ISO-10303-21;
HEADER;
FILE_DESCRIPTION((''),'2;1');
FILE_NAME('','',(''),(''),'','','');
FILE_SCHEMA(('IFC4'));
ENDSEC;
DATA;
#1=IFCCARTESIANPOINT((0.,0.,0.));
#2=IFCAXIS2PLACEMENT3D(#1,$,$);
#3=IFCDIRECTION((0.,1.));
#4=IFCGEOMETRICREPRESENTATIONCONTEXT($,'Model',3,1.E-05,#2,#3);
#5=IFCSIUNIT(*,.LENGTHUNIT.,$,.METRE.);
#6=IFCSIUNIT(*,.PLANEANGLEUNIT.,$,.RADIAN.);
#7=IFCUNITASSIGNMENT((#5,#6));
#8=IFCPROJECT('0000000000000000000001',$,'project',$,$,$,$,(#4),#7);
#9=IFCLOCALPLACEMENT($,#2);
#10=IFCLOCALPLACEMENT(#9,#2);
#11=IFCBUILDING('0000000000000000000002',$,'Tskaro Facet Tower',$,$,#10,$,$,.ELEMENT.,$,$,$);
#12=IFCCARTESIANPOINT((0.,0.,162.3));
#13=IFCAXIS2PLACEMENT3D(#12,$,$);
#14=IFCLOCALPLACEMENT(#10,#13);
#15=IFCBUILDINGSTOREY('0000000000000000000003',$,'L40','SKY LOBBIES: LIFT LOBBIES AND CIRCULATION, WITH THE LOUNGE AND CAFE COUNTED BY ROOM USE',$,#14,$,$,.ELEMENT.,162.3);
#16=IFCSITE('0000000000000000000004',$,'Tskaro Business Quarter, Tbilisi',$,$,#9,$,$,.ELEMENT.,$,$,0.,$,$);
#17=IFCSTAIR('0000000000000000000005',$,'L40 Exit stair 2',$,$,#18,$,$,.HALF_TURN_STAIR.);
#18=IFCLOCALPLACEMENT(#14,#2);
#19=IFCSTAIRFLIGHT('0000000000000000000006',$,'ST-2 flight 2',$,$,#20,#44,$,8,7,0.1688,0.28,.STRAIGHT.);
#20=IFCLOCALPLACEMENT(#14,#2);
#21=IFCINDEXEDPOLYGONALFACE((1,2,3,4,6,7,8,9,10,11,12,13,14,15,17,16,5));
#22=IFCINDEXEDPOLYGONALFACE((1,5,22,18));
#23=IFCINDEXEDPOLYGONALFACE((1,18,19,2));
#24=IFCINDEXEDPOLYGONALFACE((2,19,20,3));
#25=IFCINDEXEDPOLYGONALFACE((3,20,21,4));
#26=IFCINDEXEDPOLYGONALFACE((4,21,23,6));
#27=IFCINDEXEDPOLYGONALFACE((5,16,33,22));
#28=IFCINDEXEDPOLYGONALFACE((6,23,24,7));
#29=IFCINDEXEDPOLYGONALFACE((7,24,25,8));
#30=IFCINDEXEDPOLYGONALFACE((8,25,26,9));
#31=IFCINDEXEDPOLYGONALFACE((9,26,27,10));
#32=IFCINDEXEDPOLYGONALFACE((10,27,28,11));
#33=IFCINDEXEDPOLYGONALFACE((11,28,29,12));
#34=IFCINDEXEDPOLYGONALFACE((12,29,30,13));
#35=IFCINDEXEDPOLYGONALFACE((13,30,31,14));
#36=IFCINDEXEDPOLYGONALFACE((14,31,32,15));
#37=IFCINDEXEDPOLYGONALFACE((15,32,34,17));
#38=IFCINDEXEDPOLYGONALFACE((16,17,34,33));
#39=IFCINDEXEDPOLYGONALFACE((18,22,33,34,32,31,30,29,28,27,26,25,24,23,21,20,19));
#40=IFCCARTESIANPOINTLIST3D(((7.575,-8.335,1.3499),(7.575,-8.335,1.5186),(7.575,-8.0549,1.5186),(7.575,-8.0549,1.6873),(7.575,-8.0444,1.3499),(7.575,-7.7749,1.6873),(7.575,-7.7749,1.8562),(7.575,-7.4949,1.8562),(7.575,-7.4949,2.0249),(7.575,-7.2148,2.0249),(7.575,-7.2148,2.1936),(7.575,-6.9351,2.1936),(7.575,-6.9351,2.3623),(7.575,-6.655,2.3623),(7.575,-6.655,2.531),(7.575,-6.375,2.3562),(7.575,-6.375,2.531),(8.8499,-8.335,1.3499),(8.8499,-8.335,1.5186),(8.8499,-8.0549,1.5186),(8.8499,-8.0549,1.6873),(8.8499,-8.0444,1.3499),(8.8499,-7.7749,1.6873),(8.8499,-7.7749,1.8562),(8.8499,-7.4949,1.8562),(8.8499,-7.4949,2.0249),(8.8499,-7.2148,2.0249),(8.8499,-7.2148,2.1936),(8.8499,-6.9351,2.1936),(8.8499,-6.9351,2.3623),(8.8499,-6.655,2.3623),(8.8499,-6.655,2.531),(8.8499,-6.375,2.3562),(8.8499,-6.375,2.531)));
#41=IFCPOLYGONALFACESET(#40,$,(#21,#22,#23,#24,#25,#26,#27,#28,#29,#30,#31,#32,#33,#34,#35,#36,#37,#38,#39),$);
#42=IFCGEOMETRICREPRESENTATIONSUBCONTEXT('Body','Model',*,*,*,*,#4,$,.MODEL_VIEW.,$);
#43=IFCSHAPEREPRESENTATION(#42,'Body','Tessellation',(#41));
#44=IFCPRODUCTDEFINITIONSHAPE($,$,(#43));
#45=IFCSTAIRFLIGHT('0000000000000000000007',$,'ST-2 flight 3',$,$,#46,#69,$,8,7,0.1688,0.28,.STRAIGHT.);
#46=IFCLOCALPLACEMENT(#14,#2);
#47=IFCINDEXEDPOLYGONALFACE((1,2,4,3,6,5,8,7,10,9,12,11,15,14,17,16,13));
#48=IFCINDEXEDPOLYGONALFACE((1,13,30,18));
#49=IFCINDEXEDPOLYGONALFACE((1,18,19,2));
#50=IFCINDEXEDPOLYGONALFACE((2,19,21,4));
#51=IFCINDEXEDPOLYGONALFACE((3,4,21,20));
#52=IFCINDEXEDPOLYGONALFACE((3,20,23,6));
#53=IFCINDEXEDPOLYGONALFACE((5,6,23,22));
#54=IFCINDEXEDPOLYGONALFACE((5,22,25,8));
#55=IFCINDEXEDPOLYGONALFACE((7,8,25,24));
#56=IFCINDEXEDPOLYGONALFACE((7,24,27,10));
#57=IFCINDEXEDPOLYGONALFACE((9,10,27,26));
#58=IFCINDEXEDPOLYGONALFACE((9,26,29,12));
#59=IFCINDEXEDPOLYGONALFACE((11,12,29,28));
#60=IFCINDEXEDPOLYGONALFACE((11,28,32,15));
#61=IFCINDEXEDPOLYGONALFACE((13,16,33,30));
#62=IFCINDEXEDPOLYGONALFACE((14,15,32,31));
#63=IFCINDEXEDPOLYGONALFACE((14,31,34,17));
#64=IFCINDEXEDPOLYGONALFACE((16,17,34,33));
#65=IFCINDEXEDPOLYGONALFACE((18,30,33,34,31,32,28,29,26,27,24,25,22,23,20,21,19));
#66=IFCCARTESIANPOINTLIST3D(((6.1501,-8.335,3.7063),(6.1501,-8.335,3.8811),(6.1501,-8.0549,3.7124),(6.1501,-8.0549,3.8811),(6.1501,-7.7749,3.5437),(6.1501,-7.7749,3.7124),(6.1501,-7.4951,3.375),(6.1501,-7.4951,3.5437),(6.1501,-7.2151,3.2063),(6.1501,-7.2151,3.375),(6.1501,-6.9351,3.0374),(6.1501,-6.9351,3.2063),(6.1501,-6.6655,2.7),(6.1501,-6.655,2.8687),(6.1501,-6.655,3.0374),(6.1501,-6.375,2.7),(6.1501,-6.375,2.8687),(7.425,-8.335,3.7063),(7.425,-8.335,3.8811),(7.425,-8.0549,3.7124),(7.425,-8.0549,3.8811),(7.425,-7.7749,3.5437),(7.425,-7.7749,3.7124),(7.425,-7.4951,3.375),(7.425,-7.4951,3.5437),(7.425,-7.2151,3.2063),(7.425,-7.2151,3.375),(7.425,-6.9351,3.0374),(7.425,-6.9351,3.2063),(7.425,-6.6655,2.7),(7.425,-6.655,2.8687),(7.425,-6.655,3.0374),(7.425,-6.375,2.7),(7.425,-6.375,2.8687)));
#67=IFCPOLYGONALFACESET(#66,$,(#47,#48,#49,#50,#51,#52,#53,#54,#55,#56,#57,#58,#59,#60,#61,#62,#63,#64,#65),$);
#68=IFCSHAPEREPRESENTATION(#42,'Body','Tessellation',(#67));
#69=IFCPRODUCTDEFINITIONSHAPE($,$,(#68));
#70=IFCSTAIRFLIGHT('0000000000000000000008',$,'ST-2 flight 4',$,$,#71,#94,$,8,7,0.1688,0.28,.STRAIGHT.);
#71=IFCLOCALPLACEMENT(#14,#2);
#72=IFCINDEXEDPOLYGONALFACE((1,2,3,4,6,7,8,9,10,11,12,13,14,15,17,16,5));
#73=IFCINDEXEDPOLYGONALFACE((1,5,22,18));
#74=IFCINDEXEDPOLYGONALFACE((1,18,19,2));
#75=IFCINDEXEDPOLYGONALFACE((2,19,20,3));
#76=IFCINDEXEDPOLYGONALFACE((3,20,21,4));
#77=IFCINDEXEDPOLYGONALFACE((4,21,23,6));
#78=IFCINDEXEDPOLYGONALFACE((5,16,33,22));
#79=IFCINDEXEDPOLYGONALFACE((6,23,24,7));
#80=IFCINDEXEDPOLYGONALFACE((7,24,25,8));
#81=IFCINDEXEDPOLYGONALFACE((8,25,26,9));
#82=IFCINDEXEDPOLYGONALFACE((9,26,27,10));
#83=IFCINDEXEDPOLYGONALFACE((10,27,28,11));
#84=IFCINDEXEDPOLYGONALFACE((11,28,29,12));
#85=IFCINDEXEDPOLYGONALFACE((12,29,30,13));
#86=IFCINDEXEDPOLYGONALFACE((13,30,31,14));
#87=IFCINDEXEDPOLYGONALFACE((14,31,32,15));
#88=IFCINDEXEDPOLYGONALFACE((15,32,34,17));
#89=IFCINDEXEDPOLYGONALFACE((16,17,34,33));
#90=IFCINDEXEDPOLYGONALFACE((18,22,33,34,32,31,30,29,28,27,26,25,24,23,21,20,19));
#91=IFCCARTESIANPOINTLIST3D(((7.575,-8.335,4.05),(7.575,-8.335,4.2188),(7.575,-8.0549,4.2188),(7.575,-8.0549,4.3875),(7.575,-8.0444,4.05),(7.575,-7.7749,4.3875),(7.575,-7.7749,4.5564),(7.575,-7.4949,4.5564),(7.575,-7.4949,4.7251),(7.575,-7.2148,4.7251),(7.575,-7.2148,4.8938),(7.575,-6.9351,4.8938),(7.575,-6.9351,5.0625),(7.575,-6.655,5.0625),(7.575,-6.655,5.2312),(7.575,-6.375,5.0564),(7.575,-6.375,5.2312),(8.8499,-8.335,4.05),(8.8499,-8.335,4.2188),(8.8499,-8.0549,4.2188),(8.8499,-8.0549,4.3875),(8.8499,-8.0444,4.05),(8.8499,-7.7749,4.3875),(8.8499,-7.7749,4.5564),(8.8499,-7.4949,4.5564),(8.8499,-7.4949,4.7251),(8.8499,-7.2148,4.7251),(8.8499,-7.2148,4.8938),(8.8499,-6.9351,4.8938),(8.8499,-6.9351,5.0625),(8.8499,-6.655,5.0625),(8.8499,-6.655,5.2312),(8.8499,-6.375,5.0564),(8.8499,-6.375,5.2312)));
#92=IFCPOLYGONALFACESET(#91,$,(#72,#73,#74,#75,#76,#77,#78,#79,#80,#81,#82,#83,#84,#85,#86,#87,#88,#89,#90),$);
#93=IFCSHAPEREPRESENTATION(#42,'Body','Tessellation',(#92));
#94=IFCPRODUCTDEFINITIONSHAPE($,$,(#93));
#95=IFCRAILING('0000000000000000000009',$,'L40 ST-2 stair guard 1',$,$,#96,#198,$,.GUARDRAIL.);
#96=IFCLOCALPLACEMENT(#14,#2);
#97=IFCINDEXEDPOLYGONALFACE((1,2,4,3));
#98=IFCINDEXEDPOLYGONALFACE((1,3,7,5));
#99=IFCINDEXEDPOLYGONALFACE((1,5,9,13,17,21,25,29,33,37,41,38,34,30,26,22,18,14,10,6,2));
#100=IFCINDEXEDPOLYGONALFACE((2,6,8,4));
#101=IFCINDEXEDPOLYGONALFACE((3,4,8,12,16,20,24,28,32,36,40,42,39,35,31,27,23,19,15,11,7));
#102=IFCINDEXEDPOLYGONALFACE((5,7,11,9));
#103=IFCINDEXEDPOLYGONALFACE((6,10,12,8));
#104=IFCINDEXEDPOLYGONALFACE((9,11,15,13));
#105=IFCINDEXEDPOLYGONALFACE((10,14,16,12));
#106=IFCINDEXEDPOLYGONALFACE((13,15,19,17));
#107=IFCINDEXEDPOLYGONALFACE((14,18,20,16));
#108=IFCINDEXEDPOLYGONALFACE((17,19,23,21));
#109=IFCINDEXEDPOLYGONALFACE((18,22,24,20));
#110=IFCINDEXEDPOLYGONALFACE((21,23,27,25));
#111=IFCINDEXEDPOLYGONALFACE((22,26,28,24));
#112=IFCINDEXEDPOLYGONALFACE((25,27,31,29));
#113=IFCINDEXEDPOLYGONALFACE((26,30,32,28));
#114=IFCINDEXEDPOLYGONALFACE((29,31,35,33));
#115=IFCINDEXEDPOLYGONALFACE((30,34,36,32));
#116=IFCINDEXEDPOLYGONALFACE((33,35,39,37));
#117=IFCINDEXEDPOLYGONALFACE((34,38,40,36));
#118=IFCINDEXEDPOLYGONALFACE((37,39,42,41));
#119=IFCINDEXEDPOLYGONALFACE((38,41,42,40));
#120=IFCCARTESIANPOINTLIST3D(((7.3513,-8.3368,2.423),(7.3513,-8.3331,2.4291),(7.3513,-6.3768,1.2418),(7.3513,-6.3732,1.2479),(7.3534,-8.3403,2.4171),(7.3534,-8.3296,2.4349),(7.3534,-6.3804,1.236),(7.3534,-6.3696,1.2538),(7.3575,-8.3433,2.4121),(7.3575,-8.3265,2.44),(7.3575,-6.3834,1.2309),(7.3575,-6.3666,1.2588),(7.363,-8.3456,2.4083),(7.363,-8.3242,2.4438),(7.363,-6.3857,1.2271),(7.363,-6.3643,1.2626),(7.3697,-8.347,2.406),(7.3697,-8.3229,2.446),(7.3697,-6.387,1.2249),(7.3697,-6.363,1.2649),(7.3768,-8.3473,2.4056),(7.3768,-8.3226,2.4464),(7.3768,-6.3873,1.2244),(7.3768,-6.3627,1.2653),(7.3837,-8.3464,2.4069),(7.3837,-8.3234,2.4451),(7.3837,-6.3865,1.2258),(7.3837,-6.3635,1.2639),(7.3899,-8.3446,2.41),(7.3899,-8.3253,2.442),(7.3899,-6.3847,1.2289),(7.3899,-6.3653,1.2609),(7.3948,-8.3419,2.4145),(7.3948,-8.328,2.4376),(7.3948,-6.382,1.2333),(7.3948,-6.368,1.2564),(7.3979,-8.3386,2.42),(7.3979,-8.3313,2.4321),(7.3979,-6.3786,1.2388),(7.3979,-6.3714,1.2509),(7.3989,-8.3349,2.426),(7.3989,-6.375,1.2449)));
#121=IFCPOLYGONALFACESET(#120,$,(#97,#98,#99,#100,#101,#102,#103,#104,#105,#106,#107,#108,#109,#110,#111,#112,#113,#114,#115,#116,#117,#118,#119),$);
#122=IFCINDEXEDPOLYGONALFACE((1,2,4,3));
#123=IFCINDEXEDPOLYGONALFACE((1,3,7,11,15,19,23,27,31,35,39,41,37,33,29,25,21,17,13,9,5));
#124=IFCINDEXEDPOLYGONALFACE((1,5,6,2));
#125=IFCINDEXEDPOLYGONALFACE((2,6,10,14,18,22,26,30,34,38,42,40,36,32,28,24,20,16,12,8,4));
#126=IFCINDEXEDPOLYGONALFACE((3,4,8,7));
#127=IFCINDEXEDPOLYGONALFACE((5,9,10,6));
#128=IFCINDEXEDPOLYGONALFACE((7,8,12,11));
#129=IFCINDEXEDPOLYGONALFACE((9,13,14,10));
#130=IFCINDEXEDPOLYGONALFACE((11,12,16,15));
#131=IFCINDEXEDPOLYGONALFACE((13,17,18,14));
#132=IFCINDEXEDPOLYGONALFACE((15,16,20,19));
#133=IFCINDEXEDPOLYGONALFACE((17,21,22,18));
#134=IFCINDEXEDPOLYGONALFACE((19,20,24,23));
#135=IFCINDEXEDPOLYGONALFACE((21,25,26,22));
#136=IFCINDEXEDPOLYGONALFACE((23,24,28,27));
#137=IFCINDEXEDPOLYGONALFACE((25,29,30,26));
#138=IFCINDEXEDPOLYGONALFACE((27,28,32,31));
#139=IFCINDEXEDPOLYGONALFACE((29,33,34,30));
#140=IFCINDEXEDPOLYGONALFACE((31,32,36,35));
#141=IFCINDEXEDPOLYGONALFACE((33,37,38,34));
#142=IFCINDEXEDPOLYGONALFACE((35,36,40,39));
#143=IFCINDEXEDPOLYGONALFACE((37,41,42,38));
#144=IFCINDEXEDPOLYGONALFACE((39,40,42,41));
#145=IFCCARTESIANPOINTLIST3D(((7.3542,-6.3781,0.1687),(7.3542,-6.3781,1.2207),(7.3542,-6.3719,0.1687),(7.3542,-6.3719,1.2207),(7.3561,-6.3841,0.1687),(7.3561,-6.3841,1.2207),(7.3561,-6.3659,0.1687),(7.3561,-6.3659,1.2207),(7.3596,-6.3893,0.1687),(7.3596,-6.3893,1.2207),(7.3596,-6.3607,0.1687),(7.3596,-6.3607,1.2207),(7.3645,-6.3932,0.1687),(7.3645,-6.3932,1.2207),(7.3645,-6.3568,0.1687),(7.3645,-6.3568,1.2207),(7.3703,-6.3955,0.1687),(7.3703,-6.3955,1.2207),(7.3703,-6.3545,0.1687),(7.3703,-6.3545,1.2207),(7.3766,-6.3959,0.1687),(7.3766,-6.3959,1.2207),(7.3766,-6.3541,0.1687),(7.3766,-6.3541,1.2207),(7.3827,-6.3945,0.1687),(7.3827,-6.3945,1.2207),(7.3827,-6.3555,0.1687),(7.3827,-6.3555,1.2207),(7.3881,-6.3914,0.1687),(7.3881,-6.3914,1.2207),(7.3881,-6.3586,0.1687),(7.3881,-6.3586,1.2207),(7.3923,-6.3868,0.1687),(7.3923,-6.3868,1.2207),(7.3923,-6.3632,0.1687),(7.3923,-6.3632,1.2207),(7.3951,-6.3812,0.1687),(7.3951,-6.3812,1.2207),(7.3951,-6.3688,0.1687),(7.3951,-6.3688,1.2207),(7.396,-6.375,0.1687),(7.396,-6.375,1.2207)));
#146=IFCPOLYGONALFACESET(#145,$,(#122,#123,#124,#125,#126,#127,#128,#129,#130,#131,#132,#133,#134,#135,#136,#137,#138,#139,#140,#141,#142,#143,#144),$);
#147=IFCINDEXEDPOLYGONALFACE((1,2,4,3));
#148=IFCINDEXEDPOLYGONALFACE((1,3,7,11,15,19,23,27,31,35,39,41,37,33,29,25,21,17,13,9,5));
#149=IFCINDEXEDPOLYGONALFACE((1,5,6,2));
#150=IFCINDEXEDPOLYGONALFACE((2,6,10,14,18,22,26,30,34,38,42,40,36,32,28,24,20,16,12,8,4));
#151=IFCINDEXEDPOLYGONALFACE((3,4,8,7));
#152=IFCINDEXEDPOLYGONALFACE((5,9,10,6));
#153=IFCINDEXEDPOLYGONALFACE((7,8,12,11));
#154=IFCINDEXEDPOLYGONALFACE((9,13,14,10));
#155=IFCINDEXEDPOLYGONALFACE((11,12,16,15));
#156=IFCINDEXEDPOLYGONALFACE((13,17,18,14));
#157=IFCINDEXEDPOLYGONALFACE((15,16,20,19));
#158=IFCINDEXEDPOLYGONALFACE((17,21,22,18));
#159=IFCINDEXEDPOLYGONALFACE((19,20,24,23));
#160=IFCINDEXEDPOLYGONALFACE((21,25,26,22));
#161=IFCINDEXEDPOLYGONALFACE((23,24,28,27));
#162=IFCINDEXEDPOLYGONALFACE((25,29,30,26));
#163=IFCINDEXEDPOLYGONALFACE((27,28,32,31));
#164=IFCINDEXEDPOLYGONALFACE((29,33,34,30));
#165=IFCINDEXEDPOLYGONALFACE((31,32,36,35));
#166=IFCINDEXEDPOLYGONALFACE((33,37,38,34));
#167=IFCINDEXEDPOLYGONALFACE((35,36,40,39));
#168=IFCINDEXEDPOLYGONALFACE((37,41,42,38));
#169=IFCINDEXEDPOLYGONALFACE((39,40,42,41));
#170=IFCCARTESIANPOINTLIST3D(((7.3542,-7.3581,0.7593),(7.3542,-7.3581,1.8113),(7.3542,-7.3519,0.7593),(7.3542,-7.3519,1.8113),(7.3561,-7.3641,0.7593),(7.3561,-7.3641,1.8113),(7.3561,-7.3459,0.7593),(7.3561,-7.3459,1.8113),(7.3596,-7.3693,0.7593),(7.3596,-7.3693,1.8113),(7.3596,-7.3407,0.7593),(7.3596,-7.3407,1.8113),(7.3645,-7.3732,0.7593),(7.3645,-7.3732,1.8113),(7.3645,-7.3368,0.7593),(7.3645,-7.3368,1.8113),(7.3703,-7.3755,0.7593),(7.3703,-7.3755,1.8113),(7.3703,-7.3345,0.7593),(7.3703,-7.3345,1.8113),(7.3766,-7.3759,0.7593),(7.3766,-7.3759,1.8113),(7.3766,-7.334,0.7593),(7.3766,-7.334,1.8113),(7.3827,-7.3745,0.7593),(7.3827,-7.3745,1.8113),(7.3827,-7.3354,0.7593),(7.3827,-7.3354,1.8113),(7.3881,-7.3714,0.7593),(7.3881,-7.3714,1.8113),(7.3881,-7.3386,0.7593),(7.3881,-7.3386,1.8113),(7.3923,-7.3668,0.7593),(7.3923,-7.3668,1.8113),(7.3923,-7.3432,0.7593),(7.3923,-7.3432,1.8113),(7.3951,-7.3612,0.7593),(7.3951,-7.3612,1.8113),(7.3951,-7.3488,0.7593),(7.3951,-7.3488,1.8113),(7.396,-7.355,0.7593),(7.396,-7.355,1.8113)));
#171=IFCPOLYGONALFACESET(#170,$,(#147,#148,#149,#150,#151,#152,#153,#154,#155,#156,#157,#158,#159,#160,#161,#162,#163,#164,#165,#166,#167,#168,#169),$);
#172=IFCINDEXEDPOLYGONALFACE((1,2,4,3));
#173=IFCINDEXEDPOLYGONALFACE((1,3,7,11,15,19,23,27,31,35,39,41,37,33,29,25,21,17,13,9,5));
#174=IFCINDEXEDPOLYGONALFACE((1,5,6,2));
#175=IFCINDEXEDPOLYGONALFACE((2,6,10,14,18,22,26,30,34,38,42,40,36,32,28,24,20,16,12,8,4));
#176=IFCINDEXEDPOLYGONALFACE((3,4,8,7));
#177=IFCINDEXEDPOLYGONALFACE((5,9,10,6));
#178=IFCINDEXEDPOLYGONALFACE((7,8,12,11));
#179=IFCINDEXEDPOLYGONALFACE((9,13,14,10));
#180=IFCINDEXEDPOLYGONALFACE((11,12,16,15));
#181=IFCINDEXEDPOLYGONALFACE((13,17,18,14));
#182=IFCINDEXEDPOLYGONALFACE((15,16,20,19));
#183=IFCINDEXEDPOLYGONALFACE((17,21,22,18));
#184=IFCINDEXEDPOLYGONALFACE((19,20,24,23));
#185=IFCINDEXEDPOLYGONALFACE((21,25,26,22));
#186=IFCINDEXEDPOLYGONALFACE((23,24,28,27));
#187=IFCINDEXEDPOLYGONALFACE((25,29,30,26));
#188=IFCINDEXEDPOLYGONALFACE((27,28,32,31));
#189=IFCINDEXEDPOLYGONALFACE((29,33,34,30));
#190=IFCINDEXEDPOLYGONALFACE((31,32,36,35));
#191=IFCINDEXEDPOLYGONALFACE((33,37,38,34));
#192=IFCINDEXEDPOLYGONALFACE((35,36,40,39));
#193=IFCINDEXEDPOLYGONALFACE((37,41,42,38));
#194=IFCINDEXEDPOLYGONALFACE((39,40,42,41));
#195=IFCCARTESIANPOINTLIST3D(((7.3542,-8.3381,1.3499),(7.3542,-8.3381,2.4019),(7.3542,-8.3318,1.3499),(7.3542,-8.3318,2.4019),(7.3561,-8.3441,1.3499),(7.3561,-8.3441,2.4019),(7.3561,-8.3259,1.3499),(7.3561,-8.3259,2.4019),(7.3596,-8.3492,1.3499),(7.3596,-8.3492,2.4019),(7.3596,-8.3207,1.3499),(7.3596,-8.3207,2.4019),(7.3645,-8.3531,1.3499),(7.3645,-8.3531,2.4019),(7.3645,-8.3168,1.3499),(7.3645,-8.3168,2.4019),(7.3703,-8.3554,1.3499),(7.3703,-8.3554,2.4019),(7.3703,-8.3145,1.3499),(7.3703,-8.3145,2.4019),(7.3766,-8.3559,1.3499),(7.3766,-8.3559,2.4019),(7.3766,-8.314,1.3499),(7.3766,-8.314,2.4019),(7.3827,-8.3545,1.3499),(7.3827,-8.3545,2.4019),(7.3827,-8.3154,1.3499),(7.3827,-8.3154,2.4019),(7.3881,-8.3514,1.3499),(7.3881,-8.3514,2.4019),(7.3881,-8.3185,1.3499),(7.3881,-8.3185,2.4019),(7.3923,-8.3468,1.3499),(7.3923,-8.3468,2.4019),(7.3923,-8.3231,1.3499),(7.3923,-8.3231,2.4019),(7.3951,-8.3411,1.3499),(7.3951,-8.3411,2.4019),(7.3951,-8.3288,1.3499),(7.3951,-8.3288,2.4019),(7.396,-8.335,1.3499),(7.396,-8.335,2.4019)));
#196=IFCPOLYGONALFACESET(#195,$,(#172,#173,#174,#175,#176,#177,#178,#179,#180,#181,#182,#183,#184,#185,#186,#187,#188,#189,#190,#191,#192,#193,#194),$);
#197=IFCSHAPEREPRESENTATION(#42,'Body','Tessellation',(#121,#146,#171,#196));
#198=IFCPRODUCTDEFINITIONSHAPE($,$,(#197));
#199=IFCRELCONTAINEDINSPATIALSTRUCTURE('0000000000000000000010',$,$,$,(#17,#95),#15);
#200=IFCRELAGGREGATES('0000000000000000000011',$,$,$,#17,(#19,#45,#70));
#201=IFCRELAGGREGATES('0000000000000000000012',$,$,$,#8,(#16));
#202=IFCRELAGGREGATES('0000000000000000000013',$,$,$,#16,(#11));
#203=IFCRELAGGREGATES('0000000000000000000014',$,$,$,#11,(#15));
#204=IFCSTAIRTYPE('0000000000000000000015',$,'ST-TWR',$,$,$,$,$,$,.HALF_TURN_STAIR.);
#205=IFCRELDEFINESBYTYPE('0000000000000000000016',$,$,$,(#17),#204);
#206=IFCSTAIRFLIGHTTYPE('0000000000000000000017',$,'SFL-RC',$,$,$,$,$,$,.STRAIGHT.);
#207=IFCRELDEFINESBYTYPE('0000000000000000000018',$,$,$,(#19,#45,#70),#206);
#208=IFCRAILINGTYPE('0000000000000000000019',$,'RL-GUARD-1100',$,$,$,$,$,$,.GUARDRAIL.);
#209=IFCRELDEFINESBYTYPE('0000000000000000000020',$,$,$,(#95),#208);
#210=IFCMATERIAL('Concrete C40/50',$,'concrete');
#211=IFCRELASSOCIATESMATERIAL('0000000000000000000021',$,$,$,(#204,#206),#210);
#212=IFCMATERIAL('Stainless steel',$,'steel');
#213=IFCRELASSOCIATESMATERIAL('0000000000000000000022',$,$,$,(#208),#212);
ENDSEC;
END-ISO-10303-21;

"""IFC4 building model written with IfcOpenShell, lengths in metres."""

from ifc_helpers import new_model, si_unit, direction, frame, origin, origin_2d, place, context, subcontext, project, spatial, polyline, circle, outline, extrude, material, type_object, element, aggregate, save


model = new_model("IFC4")

# Units and contexts
model_context = context("Model", 3, precision=1e-05, world=origin(), true_north=direction((0.0, 1.0)))
body_context = subcontext(model_context, "Body", "Model", "MODEL_VIEW")
ifc_project = project(units=[si_unit("LENGTHUNIT", "METRE"), si_unit("PLANEANGLEUNIT", "RADIAN")], contexts=[model_context])

# Site, building, storey
site_placement = place(None, origin())
site = spatial("IfcSite", under=ifc_project, at=site_placement, Name="Tskaro Business Quarter, Tbilisi", CompositionType="ELEMENT", RefElevation=0.0)
building_placement = place(site_placement, origin())
building = spatial("IfcBuilding", under=site, at=building_placement, Name="Tskaro Facet Tower", CompositionType="ELEMENT")
storey_placement = place(building_placement, frame((0.0, 0.0, 162.3)))
storey = spatial("IfcBuildingStorey", under=building, at=storey_placement, Name="L40", Description="SKY LOBBIES: LIFT LOBBIES AND CIRCULATION, WITH THE LOUNGE AND CAFE COUNTED BY ROOM USE", CompositionType="ELEMENT", Elevation=162.3)

# Shared definitions
ifc_material_1 = material(Name="Stainless steel", Category="steel")

# Stair, stair flights
ifc_material_2 = material(Name="Concrete C40/50", Category="concrete")
stair_type = type_object("IfcStairType", Name="ST-TWR", PredefinedType="HALF_TURN_STAIR", material=ifc_material_2)
stair_placement = place(storey_placement, origin())
stair = element("IfcStair", 1, at=stair_placement, inside=storey, type_object=stair_type, Name="L40 Exit stair 2", PredefinedType="HALF_TURN_STAIR")
stair_flight_type = type_object("IfcStairFlightType", Name="SFL-RC", PredefinedType="STRAIGHT", material=ifc_material_2)
stair_flight_1_placement = place(storey_placement, frame((8.2124, -8.335, 1.3499), z_axis=(0.0, 0.0, 1.0), x_axis=(0.0, 1.0, 0.0)))
stair_flight_1 = element("IfcStairFlight", 2, at=stair_flight_1_placement, type_object=stair_flight_type, Name="ST-2 flight 2", NumberOfRisers=8, NumberOfTreads=7, PredefinedType="STRAIGHT", RiserHeight=0.1688, TreadLength=0.28, context=body_context, shape_type="SweptSolid", body=[
    extrude(outline(polyline([(0.0, 0.0), (0.0, 0.1687), (0.28, 0.1687), (0.28, 0.3374), (0.5601, 0.3374), (0.5601, 0.5063), (0.8401, 0.5063), (0.8401, 0.675), (1.1201, 0.675), (1.1201, 0.8438), (1.3999, 0.8438), (1.3999, 1.0125), (1.6799, 1.0125), (1.6799, 1.1812), (1.96, 1.1812), (1.96, 1.3501), (1.96, 1.0063), (0.2905, 0.0), (0.0, 0.0)])), frame((0.0, 0.6375, 0.0), z_axis=(0.0, -1.0, 0.0), x_axis=(1.0, 0.0, 0.0)), (0.0, 0.0, 1.0), 1.2749),
])
stair_flight_2_placement = place(storey_placement, frame((6.7876, -6.375, 2.7), z_axis=(0.0, 0.0, 1.0), x_axis=(0.0, -1.0, 0.0)))
stair_flight_2 = element("IfcStairFlight", 3, at=stair_flight_2_placement, type_object=stair_flight_type, Name="ST-2 flight 3", NumberOfRisers=8, NumberOfTreads=7, PredefinedType="STRAIGHT", RiserHeight=0.1688, TreadLength=0.28, context=body_context, shape_type="SweptSolid", body=[
    extrude(outline(polyline([(0.0, 0.0), (0.0, 0.1687), (0.28, 0.1687), (0.28, 0.3374), (0.5601, 0.3374), (0.5601, 0.5063), (0.8401, 0.5063), (0.8401, 0.675), (1.1201, 0.675), (1.1201, 0.8438), (1.3999, 0.8438), (1.3999, 1.0125), (1.6799, 1.0125), (1.6799, 1.1812), (1.96, 1.1812), (1.96, 1.3501), (1.96, 1.0063), (0.2905, 0.0), (0.0, 0.0)])), frame((0.0, 0.6375, 0.0), z_axis=(0.0, -1.0, 0.0), x_axis=(1.0, 0.0, 0.0)), (0.0, 0.0, 1.0), 1.2749),
])
stair_flight_3_placement = place(storey_placement, frame((8.2124, -8.335, 4.05), z_axis=(0.0, 0.0, 1.0), x_axis=(0.0, 1.0, 0.0)))
stair_flight_3 = element("IfcStairFlight", 4, at=stair_flight_3_placement, type_object=stair_flight_type, Name="ST-2 flight 4", NumberOfRisers=8, NumberOfTreads=7, PredefinedType="STRAIGHT", RiserHeight=0.1688, TreadLength=0.28, context=body_context, shape_type="SweptSolid", body=[
    extrude(outline(polyline([(0.0, 0.0), (0.0, 0.1687), (0.28, 0.1687), (0.28, 0.3374), (0.5601, 0.3374), (0.5601, 0.5063), (0.8401, 0.5063), (0.8401, 0.675), (1.1201, 0.675), (1.1201, 0.8438), (1.3999, 0.8438), (1.3999, 1.0125), (1.6799, 1.0125), (1.6799, 1.1812), (1.96, 1.1812), (1.96, 1.3501), (1.96, 1.0063), (0.2905, 0.0), (0.0, 0.0)])), frame((0.0, 0.6375, 0.0), z_axis=(0.0, -1.0, 0.0), x_axis=(1.0, 0.0, 0.0)), (0.0, 0.0, 1.0), 1.2749),
])
aggregate(stair, [stair_flight_1, stair_flight_2, stair_flight_3])

# Railing
railing_type_1 = type_object("IfcRailingType", Name="RL-GUARD-1100", PredefinedType="GUARDRAIL", material=ifc_material_1)
railing_1_placement = place(storey_placement, frame((7.375, -6.375, 0.1687)))
element("IfcRailing", 5, at=railing_1_placement, inside=storey, type_object=railing_type_1, Name="L40 ST-2 stair guard 1", PredefinedType="GUARDRAIL", context=body_context, shape_type="SweptSolid", body=[
    extrude(circle(Radius=0.0239, at=origin_2d()), frame((0.0, 0.0, 1.0762), z_axis=(0.0, -0.856493, 0.516158), x_axis=(1.0, 0.0, 0.0)), (0.0, 0.0, 1.0), 2.2883),
    extrude(circle(Radius=0.021, at=origin_2d()), origin(), (0.0, 0.0, 1.0), 1.052),
    extrude(circle(Radius=0.021, at=origin_2d()), frame((0.0, -0.98, 0.5906)), (0.0, 0.0, 1.0), 1.052),
    extrude(circle(Radius=0.021, at=origin_2d()), frame((0.0, -1.96, 1.1812)), (0.0, 0.0, 1.0), 1.052),
])

save(model, "model.ifc")
